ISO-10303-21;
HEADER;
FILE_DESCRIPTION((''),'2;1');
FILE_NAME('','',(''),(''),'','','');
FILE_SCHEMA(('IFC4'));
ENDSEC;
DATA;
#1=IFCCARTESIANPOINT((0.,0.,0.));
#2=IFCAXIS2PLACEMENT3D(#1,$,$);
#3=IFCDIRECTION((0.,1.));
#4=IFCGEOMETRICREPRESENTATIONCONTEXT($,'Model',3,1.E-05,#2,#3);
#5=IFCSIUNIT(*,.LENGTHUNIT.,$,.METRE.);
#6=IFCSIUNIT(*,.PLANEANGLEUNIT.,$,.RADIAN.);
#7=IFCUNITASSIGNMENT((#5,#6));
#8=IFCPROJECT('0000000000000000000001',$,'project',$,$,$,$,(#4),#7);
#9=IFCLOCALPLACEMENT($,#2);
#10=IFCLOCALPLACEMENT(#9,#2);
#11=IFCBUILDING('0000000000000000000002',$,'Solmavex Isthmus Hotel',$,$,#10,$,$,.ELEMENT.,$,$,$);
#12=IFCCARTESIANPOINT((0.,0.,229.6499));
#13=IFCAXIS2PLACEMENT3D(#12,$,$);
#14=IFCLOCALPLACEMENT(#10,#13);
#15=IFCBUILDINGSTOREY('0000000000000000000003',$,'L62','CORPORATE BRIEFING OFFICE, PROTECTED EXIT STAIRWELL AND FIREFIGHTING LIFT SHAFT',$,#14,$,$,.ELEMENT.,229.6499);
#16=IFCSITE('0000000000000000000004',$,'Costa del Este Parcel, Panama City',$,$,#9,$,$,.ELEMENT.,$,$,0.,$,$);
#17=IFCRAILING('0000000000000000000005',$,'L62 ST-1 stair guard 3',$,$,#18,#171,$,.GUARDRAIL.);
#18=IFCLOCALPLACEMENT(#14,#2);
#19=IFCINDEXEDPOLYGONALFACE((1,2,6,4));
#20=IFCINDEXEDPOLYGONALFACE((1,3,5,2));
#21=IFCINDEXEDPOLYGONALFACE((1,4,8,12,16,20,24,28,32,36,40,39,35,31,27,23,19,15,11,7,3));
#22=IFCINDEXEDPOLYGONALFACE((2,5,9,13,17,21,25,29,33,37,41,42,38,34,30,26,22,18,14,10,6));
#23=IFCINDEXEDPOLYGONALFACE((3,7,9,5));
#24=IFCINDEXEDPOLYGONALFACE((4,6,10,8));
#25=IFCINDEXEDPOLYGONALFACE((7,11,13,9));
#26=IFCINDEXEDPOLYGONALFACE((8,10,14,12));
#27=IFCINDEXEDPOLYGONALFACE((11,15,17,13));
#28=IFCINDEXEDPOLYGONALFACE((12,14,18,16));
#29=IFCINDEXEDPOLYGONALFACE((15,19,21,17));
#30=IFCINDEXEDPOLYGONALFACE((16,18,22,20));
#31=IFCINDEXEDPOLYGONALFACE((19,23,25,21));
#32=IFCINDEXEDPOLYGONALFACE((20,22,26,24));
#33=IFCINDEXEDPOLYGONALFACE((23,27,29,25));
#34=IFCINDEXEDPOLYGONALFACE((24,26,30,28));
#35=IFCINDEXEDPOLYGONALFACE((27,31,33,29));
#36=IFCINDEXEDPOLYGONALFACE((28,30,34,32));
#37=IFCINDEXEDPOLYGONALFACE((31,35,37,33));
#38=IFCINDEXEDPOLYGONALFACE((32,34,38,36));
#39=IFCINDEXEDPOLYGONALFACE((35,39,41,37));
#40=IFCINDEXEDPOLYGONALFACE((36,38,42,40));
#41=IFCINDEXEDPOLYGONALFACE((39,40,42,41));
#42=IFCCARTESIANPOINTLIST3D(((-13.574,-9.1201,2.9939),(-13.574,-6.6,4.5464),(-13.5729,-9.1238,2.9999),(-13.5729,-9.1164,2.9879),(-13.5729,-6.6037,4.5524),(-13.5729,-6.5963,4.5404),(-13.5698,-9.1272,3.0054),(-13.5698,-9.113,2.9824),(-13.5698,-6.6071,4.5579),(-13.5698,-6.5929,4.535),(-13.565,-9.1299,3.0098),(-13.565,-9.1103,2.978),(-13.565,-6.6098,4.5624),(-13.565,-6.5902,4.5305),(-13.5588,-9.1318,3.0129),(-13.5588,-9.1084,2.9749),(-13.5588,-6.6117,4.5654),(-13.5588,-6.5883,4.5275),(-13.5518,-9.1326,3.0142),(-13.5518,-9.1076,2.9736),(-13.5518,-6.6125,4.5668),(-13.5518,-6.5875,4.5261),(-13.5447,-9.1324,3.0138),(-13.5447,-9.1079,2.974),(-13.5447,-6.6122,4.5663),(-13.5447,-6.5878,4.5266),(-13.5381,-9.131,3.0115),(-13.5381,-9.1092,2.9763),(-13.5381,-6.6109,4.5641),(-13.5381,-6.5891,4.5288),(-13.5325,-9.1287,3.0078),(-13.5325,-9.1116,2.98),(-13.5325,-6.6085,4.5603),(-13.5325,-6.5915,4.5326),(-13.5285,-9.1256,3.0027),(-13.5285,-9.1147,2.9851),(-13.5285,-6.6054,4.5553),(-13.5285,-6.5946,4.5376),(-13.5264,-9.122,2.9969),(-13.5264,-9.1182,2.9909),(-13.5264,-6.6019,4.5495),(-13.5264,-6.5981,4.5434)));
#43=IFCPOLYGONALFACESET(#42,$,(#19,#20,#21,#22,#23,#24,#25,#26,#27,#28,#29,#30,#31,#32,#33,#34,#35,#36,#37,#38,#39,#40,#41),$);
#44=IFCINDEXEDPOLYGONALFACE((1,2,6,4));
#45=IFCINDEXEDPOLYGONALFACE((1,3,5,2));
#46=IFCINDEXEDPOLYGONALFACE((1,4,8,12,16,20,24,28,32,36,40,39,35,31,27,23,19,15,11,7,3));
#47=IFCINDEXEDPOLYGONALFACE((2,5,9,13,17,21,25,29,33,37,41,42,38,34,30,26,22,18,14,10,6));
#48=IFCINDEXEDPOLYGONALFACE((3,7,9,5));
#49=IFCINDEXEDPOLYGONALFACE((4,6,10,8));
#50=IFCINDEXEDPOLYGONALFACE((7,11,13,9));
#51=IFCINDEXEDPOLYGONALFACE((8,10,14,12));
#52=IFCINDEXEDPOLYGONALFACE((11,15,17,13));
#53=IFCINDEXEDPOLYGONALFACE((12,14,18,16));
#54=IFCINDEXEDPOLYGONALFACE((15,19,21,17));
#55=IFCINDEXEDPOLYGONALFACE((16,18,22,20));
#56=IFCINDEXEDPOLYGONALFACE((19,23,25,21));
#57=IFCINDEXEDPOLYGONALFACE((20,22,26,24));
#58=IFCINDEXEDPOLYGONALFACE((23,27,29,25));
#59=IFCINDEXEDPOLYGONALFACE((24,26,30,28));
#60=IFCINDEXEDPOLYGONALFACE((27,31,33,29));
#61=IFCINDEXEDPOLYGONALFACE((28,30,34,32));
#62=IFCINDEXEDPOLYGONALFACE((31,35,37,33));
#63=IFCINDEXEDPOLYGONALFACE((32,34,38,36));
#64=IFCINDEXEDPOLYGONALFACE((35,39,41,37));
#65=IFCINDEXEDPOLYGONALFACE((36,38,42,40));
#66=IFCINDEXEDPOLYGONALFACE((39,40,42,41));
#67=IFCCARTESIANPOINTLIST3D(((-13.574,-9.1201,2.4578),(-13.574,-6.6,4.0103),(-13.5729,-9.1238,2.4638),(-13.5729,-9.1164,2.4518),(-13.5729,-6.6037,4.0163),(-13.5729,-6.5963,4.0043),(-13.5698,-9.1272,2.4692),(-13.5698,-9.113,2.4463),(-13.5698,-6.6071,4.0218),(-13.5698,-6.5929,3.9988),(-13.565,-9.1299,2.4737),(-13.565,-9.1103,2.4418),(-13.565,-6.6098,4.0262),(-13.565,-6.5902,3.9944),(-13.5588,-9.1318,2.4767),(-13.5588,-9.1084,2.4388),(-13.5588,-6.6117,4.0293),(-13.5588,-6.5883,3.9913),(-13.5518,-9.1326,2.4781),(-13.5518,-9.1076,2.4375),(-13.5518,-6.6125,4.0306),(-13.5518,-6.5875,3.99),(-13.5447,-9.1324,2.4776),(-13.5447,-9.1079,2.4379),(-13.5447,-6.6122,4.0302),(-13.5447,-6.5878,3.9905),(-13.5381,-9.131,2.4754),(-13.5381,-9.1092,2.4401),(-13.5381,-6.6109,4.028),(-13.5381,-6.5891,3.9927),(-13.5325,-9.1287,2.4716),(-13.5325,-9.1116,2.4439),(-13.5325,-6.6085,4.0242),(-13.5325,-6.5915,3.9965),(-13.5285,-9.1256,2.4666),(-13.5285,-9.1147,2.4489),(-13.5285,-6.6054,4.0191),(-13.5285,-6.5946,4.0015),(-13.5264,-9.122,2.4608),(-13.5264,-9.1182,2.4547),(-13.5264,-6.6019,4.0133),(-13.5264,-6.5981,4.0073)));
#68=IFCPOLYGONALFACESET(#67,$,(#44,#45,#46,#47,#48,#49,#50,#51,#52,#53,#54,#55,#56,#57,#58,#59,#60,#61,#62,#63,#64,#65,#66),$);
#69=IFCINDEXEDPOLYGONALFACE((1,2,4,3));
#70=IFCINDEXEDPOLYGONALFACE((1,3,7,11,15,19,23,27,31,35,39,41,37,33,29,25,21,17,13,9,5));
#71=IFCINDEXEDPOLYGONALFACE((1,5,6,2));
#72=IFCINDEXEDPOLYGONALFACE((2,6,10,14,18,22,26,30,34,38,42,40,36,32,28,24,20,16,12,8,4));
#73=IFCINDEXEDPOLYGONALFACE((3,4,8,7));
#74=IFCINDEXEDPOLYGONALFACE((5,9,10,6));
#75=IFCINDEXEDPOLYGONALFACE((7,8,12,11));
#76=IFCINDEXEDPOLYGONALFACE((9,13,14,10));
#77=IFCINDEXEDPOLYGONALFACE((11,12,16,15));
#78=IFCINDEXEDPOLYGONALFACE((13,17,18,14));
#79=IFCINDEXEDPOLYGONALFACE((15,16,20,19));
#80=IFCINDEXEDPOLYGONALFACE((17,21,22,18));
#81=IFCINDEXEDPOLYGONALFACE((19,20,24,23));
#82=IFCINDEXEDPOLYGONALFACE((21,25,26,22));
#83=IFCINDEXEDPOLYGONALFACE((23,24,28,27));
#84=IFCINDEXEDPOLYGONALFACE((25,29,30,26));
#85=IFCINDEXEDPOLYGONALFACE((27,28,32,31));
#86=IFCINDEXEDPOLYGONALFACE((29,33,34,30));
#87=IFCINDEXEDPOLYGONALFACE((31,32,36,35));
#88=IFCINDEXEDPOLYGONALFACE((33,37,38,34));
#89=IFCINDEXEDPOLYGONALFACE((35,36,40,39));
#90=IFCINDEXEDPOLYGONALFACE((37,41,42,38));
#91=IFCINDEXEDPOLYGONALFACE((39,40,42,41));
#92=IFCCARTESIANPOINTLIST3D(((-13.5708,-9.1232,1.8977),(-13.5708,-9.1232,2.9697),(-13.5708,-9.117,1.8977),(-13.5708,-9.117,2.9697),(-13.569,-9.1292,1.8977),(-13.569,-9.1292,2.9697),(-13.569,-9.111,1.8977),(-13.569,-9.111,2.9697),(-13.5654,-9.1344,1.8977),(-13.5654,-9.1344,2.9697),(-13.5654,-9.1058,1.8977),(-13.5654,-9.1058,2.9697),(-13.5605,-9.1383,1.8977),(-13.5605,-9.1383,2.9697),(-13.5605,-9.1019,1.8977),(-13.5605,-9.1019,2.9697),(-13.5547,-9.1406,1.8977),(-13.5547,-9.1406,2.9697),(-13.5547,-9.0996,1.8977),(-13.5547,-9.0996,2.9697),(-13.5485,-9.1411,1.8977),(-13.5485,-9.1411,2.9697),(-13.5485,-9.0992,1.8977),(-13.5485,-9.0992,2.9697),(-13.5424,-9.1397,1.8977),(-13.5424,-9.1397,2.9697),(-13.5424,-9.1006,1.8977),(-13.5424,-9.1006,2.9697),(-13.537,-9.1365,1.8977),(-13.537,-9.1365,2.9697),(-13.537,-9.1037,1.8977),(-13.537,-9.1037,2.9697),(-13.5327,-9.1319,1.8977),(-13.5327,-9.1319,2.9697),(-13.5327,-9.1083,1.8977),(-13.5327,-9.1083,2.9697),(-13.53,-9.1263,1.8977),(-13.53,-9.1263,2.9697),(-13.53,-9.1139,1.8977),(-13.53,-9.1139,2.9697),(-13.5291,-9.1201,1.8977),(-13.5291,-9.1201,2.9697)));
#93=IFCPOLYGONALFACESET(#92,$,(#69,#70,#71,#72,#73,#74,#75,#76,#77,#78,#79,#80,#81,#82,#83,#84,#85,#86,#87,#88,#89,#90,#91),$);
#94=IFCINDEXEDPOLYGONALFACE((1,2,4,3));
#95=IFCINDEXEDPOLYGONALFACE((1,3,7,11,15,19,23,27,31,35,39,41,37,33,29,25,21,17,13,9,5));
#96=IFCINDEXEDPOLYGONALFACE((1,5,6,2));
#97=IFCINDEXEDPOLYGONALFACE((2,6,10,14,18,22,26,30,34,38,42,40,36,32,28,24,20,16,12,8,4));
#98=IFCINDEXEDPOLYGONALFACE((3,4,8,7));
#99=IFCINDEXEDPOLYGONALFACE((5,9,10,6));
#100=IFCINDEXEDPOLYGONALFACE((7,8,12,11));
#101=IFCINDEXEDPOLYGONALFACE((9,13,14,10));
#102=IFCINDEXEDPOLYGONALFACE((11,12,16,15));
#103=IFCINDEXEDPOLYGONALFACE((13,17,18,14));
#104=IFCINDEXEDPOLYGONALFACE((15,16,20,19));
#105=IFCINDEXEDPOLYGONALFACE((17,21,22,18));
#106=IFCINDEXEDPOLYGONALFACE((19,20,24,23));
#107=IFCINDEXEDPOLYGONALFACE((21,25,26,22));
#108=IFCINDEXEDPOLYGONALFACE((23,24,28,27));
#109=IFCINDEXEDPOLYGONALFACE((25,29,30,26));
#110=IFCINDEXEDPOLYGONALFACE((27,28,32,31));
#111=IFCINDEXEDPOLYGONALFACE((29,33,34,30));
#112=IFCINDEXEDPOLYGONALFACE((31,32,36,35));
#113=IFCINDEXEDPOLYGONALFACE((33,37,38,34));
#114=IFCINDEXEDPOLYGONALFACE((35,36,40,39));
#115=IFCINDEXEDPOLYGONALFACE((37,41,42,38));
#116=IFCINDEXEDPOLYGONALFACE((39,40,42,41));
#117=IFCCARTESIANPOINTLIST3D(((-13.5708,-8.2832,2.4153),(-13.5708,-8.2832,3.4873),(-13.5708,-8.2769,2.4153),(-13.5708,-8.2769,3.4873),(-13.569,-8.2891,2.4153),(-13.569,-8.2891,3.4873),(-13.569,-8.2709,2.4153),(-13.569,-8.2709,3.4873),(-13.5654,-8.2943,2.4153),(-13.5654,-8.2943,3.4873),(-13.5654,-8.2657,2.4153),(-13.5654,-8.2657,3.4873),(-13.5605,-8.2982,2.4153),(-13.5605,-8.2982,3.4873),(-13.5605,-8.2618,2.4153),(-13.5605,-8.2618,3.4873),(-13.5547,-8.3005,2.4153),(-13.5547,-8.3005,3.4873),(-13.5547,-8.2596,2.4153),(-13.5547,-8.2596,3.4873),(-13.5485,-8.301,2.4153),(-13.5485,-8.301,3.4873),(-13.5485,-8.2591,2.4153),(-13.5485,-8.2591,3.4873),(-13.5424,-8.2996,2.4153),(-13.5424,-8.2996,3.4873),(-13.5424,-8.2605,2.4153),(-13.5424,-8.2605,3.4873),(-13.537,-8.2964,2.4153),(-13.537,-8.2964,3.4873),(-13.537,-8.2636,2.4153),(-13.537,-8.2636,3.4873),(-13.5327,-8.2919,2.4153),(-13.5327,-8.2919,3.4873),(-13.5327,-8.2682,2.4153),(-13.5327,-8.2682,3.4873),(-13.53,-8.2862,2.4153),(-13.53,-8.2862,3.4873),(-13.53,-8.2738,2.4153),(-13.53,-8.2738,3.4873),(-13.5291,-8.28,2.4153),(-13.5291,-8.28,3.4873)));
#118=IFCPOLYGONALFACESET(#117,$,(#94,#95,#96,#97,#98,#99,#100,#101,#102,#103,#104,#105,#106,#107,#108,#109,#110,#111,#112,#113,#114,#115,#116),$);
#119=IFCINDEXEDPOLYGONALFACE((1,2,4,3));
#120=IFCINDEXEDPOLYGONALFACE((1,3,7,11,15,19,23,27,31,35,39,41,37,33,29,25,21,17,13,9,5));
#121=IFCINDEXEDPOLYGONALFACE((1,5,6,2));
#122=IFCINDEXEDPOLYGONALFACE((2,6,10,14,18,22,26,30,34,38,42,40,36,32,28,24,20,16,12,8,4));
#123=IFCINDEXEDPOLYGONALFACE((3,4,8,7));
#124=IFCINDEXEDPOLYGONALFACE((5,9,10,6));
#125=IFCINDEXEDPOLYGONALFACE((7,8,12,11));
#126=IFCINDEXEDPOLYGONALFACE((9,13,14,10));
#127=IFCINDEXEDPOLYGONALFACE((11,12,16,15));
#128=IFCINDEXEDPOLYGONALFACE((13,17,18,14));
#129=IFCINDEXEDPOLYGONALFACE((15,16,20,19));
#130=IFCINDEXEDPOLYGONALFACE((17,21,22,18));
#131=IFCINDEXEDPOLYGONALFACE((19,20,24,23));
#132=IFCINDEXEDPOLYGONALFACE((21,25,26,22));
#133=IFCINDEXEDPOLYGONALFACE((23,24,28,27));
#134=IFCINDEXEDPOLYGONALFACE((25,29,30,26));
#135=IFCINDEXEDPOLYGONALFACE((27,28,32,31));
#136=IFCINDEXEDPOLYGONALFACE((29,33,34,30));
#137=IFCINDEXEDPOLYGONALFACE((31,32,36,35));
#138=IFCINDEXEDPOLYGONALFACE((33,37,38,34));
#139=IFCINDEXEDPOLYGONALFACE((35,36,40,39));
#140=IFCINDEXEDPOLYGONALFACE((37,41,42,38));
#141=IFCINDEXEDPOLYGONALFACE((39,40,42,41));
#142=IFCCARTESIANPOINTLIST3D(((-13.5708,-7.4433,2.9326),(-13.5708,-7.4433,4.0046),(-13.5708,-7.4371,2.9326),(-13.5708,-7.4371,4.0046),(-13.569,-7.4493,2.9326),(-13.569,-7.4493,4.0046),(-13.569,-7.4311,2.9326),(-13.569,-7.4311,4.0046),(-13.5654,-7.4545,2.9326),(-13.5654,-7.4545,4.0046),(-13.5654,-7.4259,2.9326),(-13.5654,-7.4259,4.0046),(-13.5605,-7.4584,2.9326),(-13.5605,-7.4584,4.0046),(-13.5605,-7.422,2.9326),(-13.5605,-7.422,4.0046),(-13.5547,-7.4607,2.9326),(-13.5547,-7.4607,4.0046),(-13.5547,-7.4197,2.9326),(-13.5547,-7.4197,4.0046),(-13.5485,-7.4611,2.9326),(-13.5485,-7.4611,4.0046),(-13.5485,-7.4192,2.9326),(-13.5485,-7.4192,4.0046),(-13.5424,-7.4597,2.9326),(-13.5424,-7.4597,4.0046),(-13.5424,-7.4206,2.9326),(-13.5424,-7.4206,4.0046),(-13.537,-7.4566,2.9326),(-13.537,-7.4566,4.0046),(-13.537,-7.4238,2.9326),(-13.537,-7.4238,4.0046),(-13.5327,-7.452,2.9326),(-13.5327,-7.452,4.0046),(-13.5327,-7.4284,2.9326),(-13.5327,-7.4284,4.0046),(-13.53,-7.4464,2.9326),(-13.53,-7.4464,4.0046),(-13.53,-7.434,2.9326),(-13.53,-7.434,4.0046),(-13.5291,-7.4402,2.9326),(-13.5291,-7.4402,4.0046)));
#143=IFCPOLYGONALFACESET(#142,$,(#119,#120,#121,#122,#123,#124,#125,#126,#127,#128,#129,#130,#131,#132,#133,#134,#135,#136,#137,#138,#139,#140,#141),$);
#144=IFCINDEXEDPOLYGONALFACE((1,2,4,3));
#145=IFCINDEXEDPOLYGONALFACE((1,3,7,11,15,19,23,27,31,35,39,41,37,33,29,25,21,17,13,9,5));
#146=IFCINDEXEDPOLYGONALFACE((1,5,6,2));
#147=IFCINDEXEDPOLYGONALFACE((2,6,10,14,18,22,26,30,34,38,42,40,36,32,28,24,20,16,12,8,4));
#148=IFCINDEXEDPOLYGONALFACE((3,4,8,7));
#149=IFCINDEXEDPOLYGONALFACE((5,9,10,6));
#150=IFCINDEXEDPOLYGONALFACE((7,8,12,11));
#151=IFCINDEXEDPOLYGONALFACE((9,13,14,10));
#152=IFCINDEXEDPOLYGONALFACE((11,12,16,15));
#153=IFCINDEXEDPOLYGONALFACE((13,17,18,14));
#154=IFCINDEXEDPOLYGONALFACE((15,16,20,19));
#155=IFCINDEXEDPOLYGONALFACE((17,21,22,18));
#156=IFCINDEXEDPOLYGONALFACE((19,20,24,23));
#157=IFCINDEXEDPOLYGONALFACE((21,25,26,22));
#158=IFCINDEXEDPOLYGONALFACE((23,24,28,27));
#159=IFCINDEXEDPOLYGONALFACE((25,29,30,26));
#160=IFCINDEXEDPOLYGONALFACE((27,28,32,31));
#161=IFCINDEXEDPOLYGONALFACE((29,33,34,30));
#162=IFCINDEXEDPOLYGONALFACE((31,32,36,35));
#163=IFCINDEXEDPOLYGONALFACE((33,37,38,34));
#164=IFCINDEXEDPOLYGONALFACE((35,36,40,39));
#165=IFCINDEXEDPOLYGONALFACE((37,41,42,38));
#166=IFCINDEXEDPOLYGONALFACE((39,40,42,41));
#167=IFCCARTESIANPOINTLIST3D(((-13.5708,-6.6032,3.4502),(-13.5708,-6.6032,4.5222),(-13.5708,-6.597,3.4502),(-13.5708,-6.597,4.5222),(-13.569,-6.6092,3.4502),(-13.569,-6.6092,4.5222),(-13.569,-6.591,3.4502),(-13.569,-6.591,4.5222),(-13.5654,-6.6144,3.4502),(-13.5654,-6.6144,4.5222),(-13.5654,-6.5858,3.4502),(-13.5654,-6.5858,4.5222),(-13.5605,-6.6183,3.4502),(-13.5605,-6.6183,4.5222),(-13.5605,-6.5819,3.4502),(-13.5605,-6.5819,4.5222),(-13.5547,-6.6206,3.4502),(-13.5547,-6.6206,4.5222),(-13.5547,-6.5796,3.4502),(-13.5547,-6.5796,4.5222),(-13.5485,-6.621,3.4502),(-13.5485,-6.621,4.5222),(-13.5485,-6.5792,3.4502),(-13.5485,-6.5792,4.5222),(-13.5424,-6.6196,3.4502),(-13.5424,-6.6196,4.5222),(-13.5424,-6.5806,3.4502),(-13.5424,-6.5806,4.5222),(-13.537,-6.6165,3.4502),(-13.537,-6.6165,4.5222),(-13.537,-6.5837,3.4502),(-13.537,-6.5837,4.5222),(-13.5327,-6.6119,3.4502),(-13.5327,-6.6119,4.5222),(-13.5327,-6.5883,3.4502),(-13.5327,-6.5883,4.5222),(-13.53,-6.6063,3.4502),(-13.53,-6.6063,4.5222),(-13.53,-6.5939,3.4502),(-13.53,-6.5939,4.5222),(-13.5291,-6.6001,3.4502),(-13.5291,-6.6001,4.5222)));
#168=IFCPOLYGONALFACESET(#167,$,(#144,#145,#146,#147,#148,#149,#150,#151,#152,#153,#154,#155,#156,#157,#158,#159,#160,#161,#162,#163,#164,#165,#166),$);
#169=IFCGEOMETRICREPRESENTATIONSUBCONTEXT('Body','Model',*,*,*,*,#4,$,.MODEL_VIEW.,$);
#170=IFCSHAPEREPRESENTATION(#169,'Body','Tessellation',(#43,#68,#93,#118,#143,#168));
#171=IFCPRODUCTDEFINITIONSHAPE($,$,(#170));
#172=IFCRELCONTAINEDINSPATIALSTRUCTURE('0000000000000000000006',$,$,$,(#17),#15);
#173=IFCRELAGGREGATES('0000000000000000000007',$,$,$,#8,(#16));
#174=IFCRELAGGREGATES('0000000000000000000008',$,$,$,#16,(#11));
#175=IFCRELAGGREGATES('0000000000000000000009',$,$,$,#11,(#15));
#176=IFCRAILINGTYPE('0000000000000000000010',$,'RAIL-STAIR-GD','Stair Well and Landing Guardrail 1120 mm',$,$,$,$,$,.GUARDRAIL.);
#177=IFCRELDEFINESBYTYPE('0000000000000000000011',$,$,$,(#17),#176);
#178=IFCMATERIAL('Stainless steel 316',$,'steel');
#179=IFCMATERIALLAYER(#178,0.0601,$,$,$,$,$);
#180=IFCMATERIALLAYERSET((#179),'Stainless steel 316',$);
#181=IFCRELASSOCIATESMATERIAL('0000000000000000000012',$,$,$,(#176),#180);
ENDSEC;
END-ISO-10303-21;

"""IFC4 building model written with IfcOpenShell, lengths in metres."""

from ifc_helpers import new_model, si_unit, direction, frame, origin, origin_2d, place, context, subcontext, project, spatial, circle, extrude, material, layer, layer_set, type_object, element, save


model = new_model("IFC4")

# Units and contexts
model_context = context("Model", 3, precision=1e-05, world=origin(), true_north=direction((0.0, 1.0)))
body_context = subcontext(model_context, "Body", "Model", "MODEL_VIEW")
ifc_project = project(units=[si_unit("LENGTHUNIT", "METRE"), si_unit("PLANEANGLEUNIT", "RADIAN")], contexts=[model_context])

# Site, building, storey
site_placement = place(None, origin())
site = spatial("IfcSite", under=ifc_project, at=site_placement, Name="Costa del Este Parcel, Panama City", CompositionType="ELEMENT", RefElevation=0.0)
building_placement = place(site_placement, origin())
building = spatial("IfcBuilding", under=site, at=building_placement, Name="Solmavex Isthmus Hotel", CompositionType="ELEMENT")
storey_placement = place(building_placement, frame((0.0, 0.0, 229.6499)))
storey = spatial("IfcBuildingStorey", under=building, at=storey_placement, Name="L62", Description="CORPORATE BRIEFING OFFICE, PROTECTED EXIT STAIRWELL AND FIREFIGHTING LIFT SHAFT", CompositionType="ELEMENT", Elevation=229.6499)

# Railing
ifc_material_1 = material(Name="Stainless steel 316", Category="steel")
ifc_layer_1 = layer(ifc_material_1, 0.0601)
ifc_layer_set_1 = layer_set([ifc_layer_1], Name="Stainless steel 316")
railing_type_1 = type_object("IfcRailingType", Name="RAIL-STAIR-GD", Description="Stair Well and Landing Guardrail 1120 mm", PredefinedType="GUARDRAIL", material=ifc_layer_set_1)
railing_1_placement = place(storey_placement, frame((-13.55, -9.1201, 1.8977)))
element("IfcRailing", 1, at=railing_1_placement, inside=storey, type_object=railing_type_1, Name="L62 ST-1 stair guard 3", PredefinedType="GUARDRAIL", context=body_context, shape_type="SweptSolid", body=[
    extrude(circle(Radius=0.0239, at=origin_2d()), frame((0.0, 0.0, 1.0962), z_axis=(0.0, 0.8514, 0.524516), x_axis=(-1.0, 0.0, 0.0)), (0.0, 0.0, 1.0), 2.96),
    extrude(circle(Radius=0.0239, at=origin_2d()), frame((0.0, 0.0, 0.5601), z_axis=(0.0, 0.8514, 0.524516), x_axis=(-1.0, 0.0, 0.0)), (0.0, 0.0, 1.0), 2.96),
    extrude(circle(Radius=0.021, at=origin_2d()), origin(), (0.0, 0.0, 1.0), 1.072),
    extrude(circle(Radius=0.021, at=origin_2d()), frame((0.0, 0.8401, 0.5176)), (0.0, 0.0, 1.0), 1.072),
    extrude(circle(Radius=0.021, at=origin_2d()), frame((0.0, 1.6799, 1.0349)), (0.0, 0.0, 1.0), 1.072),
    extrude(circle(Radius=0.021, at=origin_2d()), frame((0.0, 2.52, 1.5525)), (0.0, 0.0, 1.0), 1.072),
])

save(model, "model.ifc")
